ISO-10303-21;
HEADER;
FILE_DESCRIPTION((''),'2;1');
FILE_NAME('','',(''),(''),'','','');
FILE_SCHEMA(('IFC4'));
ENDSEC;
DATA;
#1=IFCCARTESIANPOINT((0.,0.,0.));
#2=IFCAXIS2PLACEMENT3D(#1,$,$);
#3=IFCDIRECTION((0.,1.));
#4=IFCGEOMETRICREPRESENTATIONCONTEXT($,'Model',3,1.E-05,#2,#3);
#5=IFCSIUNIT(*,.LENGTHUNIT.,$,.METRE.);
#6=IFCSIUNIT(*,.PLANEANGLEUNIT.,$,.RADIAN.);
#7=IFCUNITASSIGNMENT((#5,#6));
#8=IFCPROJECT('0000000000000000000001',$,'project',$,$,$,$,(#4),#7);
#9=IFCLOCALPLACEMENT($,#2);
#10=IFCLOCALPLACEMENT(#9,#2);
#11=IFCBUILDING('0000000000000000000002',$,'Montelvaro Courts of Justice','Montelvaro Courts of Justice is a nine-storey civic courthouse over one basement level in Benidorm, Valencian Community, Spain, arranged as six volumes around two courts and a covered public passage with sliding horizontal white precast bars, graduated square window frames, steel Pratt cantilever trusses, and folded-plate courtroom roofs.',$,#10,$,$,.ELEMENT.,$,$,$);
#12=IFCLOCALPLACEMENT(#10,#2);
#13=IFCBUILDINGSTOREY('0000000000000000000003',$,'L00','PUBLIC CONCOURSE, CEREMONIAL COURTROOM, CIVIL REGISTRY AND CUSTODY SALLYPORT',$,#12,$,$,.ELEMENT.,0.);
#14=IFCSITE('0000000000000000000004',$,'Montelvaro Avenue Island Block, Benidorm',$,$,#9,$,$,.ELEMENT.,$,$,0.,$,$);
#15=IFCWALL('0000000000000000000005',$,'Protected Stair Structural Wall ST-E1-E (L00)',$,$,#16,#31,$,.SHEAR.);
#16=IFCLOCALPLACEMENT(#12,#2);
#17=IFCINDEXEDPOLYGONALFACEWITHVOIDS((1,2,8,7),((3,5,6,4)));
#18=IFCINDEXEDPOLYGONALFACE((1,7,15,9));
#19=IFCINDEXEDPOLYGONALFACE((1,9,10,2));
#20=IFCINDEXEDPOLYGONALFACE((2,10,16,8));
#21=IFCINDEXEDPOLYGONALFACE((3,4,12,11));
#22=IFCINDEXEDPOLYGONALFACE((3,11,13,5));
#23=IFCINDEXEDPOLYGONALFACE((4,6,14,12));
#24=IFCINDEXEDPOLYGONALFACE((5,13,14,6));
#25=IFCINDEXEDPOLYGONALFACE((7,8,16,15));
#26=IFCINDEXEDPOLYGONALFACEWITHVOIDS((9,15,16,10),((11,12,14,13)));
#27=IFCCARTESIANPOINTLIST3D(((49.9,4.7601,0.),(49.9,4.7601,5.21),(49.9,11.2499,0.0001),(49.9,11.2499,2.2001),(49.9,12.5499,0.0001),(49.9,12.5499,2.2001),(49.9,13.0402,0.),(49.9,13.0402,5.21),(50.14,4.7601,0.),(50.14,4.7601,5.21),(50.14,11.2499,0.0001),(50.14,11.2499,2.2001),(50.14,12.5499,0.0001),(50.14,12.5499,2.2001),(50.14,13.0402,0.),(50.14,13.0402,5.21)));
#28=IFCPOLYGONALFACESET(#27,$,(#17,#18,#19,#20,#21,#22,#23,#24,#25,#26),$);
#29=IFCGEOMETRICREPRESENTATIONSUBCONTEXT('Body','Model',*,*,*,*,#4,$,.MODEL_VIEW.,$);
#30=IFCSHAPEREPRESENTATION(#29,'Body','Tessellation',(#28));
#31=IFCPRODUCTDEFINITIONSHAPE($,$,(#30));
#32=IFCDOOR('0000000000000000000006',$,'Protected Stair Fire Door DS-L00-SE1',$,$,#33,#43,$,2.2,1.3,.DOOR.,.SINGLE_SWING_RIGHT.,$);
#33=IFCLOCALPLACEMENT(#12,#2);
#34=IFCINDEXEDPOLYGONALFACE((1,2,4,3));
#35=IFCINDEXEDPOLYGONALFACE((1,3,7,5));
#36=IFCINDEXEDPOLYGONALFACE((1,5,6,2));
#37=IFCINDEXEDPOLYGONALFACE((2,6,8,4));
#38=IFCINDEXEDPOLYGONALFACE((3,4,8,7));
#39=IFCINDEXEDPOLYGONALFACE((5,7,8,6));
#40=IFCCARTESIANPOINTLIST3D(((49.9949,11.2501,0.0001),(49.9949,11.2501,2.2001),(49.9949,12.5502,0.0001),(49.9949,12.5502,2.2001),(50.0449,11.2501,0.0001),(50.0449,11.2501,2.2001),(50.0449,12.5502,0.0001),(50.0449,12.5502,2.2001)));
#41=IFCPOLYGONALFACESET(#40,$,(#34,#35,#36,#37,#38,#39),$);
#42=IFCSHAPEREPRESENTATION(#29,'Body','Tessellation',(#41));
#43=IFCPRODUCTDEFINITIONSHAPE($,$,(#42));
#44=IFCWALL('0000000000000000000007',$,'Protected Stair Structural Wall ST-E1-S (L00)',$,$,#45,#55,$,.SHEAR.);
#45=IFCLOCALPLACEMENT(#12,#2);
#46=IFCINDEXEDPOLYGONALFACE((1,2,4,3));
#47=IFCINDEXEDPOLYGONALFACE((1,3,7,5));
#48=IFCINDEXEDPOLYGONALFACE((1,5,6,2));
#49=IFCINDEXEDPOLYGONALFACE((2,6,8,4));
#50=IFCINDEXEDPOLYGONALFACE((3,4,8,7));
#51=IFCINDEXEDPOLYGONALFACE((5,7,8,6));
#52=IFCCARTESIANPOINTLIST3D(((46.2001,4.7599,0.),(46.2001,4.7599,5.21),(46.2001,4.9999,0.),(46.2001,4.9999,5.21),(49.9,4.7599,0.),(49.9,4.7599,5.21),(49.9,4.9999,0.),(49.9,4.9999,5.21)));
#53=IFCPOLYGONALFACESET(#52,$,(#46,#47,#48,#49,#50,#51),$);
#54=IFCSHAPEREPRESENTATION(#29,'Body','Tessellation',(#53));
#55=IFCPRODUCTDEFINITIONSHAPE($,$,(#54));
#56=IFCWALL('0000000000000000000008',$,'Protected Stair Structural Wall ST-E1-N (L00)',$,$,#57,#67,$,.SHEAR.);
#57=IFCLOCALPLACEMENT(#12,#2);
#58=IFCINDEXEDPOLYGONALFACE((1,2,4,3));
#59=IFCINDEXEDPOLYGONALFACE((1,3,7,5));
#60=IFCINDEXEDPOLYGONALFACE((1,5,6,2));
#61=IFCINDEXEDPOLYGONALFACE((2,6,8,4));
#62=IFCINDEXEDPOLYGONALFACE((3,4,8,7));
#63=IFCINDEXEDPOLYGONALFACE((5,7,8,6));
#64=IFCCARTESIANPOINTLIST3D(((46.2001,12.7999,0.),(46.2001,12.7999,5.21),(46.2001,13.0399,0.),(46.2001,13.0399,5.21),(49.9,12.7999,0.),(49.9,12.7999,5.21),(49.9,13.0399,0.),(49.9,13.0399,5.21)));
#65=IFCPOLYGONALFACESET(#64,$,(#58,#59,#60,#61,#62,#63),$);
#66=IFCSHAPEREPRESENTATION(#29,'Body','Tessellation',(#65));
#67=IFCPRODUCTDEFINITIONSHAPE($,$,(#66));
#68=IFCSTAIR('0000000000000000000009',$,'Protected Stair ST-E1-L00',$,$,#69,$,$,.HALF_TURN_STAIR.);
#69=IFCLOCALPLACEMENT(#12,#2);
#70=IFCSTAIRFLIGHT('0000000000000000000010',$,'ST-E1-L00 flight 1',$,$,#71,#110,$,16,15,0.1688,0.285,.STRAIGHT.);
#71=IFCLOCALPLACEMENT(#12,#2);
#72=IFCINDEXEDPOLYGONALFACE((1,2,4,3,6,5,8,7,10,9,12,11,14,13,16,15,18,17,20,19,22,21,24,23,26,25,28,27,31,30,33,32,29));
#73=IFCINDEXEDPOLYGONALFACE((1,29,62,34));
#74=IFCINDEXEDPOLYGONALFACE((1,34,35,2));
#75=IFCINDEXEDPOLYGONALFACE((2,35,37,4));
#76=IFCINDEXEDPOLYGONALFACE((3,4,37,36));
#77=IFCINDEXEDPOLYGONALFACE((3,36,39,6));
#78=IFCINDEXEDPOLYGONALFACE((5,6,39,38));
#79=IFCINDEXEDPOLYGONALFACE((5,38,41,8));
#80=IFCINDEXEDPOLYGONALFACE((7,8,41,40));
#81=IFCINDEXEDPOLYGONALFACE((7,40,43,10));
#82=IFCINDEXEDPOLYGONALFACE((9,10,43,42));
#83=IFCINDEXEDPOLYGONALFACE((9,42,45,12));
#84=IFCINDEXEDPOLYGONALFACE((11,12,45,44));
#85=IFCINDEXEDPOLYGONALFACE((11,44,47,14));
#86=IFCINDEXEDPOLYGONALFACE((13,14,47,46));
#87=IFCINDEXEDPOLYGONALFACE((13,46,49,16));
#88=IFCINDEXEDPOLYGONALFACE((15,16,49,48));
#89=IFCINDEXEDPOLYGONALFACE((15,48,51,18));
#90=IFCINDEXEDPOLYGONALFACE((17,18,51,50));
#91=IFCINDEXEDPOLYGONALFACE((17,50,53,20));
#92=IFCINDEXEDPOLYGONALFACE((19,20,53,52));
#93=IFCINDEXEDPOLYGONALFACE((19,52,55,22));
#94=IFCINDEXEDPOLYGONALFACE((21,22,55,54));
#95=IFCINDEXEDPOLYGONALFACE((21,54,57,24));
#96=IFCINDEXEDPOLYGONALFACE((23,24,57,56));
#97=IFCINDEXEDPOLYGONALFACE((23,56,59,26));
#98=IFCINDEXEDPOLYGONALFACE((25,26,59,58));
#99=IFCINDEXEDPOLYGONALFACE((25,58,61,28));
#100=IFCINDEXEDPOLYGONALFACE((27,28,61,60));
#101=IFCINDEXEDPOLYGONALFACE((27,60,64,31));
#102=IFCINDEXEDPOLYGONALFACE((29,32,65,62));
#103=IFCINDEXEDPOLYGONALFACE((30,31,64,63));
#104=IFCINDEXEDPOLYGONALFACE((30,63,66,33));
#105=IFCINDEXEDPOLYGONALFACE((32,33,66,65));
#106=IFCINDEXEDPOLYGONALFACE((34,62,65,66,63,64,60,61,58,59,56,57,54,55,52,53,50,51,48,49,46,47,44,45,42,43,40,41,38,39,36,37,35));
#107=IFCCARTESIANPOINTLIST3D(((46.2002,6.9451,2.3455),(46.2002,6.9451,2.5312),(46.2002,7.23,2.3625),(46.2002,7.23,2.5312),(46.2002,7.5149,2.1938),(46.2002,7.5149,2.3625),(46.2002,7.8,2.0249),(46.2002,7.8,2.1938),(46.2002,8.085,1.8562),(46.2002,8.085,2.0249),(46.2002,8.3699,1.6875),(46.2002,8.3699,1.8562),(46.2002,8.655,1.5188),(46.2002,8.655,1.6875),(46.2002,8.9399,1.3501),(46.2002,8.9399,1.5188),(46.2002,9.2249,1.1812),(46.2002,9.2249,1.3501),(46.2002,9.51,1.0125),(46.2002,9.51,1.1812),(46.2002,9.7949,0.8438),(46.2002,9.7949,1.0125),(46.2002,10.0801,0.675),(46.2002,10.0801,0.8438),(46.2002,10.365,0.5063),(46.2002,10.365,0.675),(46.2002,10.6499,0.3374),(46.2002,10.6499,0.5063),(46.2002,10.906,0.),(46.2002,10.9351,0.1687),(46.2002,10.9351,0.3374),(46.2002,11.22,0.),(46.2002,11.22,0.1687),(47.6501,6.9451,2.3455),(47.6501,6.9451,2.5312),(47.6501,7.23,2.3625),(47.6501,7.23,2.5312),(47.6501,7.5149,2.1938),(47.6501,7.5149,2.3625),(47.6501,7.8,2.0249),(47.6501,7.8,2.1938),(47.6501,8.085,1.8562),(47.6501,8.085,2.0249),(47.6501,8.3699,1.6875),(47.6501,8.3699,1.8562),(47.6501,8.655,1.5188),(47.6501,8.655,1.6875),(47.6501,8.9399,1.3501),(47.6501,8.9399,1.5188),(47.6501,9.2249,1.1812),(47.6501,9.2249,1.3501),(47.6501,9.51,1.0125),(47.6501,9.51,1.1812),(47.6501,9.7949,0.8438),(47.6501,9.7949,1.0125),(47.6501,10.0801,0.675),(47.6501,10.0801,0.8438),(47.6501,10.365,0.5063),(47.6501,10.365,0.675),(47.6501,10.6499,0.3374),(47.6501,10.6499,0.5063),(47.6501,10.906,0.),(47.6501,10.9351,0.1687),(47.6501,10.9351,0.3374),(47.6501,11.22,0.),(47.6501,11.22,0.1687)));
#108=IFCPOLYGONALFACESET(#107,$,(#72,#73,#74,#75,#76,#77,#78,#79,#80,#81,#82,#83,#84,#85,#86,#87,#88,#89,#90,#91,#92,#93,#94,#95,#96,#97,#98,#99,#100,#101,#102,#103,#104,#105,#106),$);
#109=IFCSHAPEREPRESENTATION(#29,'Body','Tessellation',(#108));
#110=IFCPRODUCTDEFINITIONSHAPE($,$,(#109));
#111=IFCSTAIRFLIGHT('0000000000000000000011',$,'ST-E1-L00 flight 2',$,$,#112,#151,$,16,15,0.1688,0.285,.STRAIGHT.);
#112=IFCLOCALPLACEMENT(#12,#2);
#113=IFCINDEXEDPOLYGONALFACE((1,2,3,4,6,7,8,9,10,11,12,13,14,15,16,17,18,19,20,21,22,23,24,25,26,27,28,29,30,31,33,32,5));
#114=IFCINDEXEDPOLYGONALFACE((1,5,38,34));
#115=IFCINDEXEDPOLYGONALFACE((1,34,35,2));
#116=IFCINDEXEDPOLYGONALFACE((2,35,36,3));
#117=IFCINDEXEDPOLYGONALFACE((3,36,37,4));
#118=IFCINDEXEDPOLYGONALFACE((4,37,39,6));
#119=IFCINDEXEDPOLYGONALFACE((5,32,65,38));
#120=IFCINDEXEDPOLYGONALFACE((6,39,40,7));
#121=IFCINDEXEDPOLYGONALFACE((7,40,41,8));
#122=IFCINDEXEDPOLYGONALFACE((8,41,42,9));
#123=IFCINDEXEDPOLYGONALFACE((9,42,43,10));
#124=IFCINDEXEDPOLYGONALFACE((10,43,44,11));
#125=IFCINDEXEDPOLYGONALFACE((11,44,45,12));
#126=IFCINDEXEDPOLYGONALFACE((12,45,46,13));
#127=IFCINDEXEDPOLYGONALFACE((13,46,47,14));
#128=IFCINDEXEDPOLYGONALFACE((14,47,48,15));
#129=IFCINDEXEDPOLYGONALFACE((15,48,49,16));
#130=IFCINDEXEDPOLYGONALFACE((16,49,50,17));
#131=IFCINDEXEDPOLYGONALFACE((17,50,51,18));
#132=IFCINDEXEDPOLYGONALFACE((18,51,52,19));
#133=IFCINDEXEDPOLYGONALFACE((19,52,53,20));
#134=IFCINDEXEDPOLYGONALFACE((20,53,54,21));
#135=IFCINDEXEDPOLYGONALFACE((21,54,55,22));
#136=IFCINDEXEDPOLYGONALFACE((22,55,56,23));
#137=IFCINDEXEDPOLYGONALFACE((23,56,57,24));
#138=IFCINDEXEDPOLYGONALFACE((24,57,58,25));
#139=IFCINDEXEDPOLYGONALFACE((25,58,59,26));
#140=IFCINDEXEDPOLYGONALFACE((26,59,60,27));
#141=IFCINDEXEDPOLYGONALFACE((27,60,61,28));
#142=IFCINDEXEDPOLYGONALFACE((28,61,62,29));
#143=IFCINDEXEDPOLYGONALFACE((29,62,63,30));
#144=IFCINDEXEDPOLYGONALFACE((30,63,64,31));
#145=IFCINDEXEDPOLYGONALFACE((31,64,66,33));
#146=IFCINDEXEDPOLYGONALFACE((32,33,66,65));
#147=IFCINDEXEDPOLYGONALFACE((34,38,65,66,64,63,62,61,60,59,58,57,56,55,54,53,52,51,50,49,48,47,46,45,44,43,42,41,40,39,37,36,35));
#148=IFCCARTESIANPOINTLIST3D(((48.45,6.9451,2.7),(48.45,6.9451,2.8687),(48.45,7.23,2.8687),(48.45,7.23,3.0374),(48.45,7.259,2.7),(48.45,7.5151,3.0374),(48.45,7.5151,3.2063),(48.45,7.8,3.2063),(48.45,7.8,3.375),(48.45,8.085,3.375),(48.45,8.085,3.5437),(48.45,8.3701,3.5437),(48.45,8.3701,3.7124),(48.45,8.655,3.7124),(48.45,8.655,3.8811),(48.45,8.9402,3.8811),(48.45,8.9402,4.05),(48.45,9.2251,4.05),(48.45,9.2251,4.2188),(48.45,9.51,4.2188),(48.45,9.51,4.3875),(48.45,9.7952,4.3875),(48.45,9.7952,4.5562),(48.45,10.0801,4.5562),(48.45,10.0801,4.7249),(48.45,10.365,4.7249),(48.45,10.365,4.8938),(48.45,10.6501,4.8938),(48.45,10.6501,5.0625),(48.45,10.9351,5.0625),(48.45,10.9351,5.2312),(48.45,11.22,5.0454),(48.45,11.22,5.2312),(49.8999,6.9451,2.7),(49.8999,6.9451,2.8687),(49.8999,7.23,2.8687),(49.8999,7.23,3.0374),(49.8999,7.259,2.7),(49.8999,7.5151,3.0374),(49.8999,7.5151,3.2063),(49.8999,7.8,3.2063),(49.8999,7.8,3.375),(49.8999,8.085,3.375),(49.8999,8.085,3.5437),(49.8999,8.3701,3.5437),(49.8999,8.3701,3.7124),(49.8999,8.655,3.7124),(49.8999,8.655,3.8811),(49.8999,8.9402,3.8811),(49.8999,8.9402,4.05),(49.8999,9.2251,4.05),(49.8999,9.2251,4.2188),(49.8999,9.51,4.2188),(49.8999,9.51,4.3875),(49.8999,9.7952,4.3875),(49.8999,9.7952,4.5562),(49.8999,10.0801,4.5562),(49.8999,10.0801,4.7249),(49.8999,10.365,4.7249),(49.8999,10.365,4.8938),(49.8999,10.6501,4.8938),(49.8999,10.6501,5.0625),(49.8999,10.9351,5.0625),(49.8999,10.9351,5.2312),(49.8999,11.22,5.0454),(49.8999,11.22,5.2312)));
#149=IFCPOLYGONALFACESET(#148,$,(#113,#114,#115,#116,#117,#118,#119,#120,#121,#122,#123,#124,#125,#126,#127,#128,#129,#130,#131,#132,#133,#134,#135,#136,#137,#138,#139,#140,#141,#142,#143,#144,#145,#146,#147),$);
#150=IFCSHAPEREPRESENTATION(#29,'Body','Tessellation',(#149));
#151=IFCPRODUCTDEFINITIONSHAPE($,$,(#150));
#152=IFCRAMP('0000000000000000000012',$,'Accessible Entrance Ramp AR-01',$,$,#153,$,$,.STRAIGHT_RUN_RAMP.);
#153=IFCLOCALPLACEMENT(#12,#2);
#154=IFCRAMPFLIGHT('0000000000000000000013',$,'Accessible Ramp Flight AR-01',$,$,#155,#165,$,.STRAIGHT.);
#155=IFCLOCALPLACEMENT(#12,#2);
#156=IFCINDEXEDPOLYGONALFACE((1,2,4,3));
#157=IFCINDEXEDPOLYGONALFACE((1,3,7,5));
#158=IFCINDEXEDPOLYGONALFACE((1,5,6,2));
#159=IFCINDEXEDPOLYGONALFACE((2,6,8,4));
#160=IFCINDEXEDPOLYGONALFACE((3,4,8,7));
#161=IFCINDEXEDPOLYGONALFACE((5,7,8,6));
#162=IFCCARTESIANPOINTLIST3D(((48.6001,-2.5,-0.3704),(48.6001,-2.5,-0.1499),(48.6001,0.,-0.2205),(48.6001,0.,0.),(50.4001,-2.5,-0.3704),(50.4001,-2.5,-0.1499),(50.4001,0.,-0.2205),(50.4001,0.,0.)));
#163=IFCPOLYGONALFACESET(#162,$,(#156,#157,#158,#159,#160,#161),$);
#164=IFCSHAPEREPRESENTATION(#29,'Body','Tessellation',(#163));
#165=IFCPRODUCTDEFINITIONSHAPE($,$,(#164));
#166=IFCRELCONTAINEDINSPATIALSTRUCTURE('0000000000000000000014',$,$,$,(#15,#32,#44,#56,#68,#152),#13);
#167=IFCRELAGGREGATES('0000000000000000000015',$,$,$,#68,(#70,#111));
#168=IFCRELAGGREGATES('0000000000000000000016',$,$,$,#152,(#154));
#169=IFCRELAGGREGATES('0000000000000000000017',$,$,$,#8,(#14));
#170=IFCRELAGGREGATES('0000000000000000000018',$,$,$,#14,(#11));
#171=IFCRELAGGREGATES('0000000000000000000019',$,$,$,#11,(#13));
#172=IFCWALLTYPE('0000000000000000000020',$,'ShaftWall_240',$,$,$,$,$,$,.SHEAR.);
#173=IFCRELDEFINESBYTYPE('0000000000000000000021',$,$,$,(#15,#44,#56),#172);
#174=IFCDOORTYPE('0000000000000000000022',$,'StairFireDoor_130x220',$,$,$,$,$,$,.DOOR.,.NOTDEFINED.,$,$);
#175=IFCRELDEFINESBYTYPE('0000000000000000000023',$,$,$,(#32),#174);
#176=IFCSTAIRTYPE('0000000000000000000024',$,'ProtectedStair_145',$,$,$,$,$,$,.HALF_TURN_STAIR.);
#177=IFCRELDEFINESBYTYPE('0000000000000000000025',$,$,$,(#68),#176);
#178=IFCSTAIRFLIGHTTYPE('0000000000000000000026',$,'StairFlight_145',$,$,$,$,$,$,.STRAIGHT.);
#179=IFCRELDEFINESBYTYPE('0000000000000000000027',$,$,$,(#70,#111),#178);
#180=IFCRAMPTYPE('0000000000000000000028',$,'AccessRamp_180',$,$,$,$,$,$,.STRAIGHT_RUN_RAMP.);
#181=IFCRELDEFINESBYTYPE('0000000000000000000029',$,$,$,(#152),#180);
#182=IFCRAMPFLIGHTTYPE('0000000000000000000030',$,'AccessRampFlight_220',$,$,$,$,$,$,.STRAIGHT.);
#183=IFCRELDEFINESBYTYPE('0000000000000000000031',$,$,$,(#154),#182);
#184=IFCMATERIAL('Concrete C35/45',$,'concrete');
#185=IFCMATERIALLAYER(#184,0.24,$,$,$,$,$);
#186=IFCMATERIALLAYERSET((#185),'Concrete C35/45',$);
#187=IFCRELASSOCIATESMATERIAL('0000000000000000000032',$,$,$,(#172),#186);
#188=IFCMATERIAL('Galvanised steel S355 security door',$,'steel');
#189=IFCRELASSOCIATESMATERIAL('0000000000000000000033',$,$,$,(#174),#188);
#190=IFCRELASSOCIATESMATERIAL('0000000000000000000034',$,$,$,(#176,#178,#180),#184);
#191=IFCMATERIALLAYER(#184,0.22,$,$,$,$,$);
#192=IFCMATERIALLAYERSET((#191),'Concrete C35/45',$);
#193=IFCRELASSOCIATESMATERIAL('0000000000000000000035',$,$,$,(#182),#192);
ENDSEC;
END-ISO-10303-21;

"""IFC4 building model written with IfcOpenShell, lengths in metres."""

from ifc_helpers import new_model, si_unit, direction, frame, frame_2d, origin, place, context, subcontext, project, spatial, polyline, rectangle, outline, extrude, material, layer, layer_set, type_object, element, fill, aggregate, save


model = new_model("IFC4")

# Units and contexts
model_context = context("Model", 3, precision=1e-05, world=origin(), true_north=direction((0.0, 1.0)))
body_context = subcontext(model_context, "Body", "Model", "MODEL_VIEW")
ifc_project = project(units=[si_unit("LENGTHUNIT", "METRE"), si_unit("PLANEANGLEUNIT", "RADIAN")], contexts=[model_context])

# Site, building, storey
site_placement = place(None, origin())
site = spatial("IfcSite", under=ifc_project, at=site_placement, Name="Montelvaro Avenue Island Block, Benidorm", CompositionType="ELEMENT", RefElevation=0.0)
building_placement = place(site_placement, origin())
building = spatial("IfcBuilding", under=site, at=building_placement, Name="Montelvaro Courts of Justice", Description="Montelvaro Courts of Justice is a nine-storey civic courthouse over one basement level in Benidorm, Valencian Community, Spain, arranged as six volumes around two courts and a covered public passage with sliding horizontal white precast bars, graduated square window frames, steel Pratt cantilever trusses, and folded-plate courtroom roofs.", CompositionType="ELEMENT")
storey_placement = place(building_placement, origin())
storey = spatial("IfcBuildingStorey", under=building, at=storey_placement, Name="L00", Description="PUBLIC CONCOURSE, CEREMONIAL COURTROOM, CIVIL REGISTRY AND CUSTODY SALLYPORT", CompositionType="ELEMENT", Elevation=0.0)

# Shared definitions
ifc_material_1 = material(Name="Galvanised steel S355 security door", Category="steel")

# Shared definitions
ifc_material_2 = material(Name="Concrete C35/45", Category="concrete")
ifc_layer_1 = layer(ifc_material_2, 0.24)
ifc_layer_set_1 = layer_set([ifc_layer_1], Name="Concrete C35/45")
wall_type_1 = type_object("IfcWallType", Name="ShaftWall_240", PredefinedType="SHEAR", material=ifc_layer_set_1)

# Wall, opening, door
wall_1_placement = place(storey_placement, frame((50.02, 4.76, 0.0), z_axis=(0.0, 0.0, 1.0), x_axis=(0.0, 1.0, 0.0)))
wall_1 = element("IfcWall", 1, at=wall_1_placement, inside=storey, type_object=wall_type_1, Name="Protected Stair Structural Wall ST-E1-E (L00)", PredefinedType="SHEAR", context=body_context, shape_type="SweptSolid", body=[
    extrude(rectangle(XDim=8.28, YDim=0.24, at=frame_2d((4.1401, 0.0))), origin(), (0.0, 0.0, 1.0), 5.21),
])
opening_1_placement = place(wall_1_placement, frame((6.49, 0.0, 0.0)))
opening_1 = element("IfcOpeningElement", 2, at=opening_1_placement, cuts=wall_1, PredefinedType="OPENING", context=body_context, shape_type="SweptSolid", body=[
    extrude(rectangle(XDim=1.3, YDim=2.2, at=frame_2d((0.6499, 1.1001))), frame((0.0, 0.1348, 0.0), z_axis=(0.0, -1.0, 0.0), x_axis=(1.0, 0.0, 0.0)), (0.0, 0.0, 1.0), 0.2698),
])
door_type_1 = type_object("IfcDoorType", Name="StairFireDoor_130x220", OperationType="NOTDEFINED", PredefinedType="DOOR", material=ifc_material_1)
door_1_placement = place(opening_1_placement, frame((1.3, 0.0, 0.0), z_axis=(0.0, 0.0, 1.0), x_axis=(-1.0, 0.0, 0.0)))
door_1 = element("IfcDoor", 3, at=door_1_placement, inside=storey, type_object=door_type_1, Name="Protected Stair Fire Door DS-L00-SE1", OperationType="SINGLE_SWING_RIGHT", OverallHeight=2.2, OverallWidth=1.3, PredefinedType="DOOR", context=body_context, shape_type="SweptSolid", body=[
    extrude(rectangle(XDim=1.3, YDim=2.2, at=frame_2d((0.6499, 1.1001))), frame((0.0, 0.0249, 0.0), z_axis=(0.0, -1.0, 0.0), x_axis=(1.0, 0.0, 0.0)), (0.0, 0.0, 1.0), 0.05),
])
fill(opening_1, door_1)

# Walls
for number, where, z_axis, x_axis, name in (
    (4, (46.2, 4.8799, 0.0), (0.0, 0.0, 1.0), (1.0, 0.0, 0.0), "Protected Stair Structural Wall ST-E1-S (L00)"),
    (5, (46.2, 12.9199, 0.0), (0.0, 0.0, 1.0), (1.0, 0.0, 0.0), "Protected Stair Structural Wall ST-E1-N (L00)"),
):
    element("IfcWall", number, at=place(storey_placement, frame(where, z_axis=z_axis, x_axis=x_axis)), inside=storey, type_object=wall_type_1, Name=name, PredefinedType="SHEAR", context=body_context, shape_type="SweptSolid", body=[
        extrude(rectangle(XDim=3.7, YDim=0.24, at=frame_2d((1.8501, 0.0))), origin(), (0.0, 0.0, 1.0), 5.21),
    ])

# Stair, stair flights
stair_type = type_object("IfcStairType", Name="ProtectedStair_145", PredefinedType="HALF_TURN_STAIR", material=ifc_material_2)
stair_placement = place(storey_placement, origin())
stair = element("IfcStair", 6, at=stair_placement, inside=storey, type_object=stair_type, Name="Protected Stair ST-E1-L00", PredefinedType="HALF_TURN_STAIR")
stair_flight_type = type_object("IfcStairFlightType", Name="StairFlight_145", PredefinedType="STRAIGHT", material=ifc_material_2)
stair_flight_1_placement = place(storey_placement, frame((46.925, 11.22, 0.0), z_axis=(0.0, 0.0, 1.0), x_axis=(0.0, -1.0, 0.0)))
stair_flight_1 = element("IfcStairFlight", 7, at=stair_flight_1_placement, type_object=stair_flight_type, Name="ST-E1-L00 flight 1", NumberOfRisers=16, NumberOfTreads=15, PredefinedType="STRAIGHT", RiserHeight=0.1688, TreadLength=0.285, context=body_context, shape_type="SweptSolid", body=[
    extrude(outline(polyline([(0.0, 0.0), (0.0, 0.1687), (0.2849, 0.1687), (0.2849, 0.3374), (0.5701, 0.3374), (0.5701, 0.5063), (0.855, 0.5063), (0.855, 0.675), (1.1399, 0.675), (1.1399, 0.8438), (1.425, 0.8438), (1.425, 1.0125), (1.71, 1.0125), (1.71, 1.1812), (1.9951, 1.1812), (1.9951, 1.3501), (2.28, 1.3501), (2.28, 1.5188), (2.5649, 1.5188), (2.5649, 1.6875), (2.8501, 1.6875), (2.8501, 1.8562), (3.135, 1.8562), (3.135, 2.0249), (3.4199, 2.0249), (3.4199, 2.1938), (3.7051, 2.1938), (3.7051, 2.3625), (3.99, 2.3625), (3.99, 2.5312), (4.2749, 2.5312), (4.2749, 2.7), (4.2749, 2.3455), (0.314, 0.0), (0.0, 0.0)])), frame((0.0, 0.7251, 0.0), z_axis=(0.0, -1.0, 0.0), x_axis=(1.0, 0.0, 0.0)), (0.0, 0.0, 1.0), 1.45),
])
stair_flight_2_placement = place(storey_placement, frame((49.175, 6.9451, 2.7), z_axis=(0.0, 0.0, 1.0), x_axis=(0.0, 1.0, 0.0)))
stair_flight_2 = element("IfcStairFlight", 8, at=stair_flight_2_placement, type_object=stair_flight_type, Name="ST-E1-L00 flight 2", NumberOfRisers=16, NumberOfTreads=15, PredefinedType="STRAIGHT", RiserHeight=0.1688, TreadLength=0.285, context=body_context, shape_type="SweptSolid", body=[
    extrude(outline(polyline([(0.0, 0.0), (0.0, 0.1687), (0.2849, 0.1687), (0.2849, 0.3374), (0.5701, 0.3374), (0.5701, 0.5063), (0.855, 0.5063), (0.855, 0.675), (1.1399, 0.675), (1.1399, 0.8438), (1.425, 0.8438), (1.425, 1.0125), (1.71, 1.0125), (1.71, 1.1812), (1.9951, 1.1812), (1.9951, 1.3501), (2.28, 1.3501), (2.28, 1.5188), (2.5649, 1.5188), (2.5649, 1.6875), (2.8501, 1.6875), (2.8501, 1.8562), (3.135, 1.8562), (3.135, 2.0249), (3.4199, 2.0249), (3.4199, 2.1938), (3.7051, 2.1938), (3.7051, 2.3625), (3.99, 2.3625), (3.99, 2.5312), (4.2749, 2.5312), (4.2749, 2.7), (4.2749, 2.3455), (0.314, 0.0), (0.0, 0.0)])), frame((0.0, 0.7251, 0.0), z_axis=(0.0, -1.0, 0.0), x_axis=(1.0, 0.0, 0.0)), (0.0, 0.0, 1.0), 1.45),
])
aggregate(stair, [stair_flight_1, stair_flight_2])

# Ramp, ramp flight
ramp_type = type_object("IfcRampType", Name="AccessRamp_180", PredefinedType="STRAIGHT_RUN_RAMP", material=ifc_material_2)
ramp_placement = place(storey_placement, origin())
ramp = element("IfcRamp", 9, at=ramp_placement, inside=storey, type_object=ramp_type, Name="Accessible Entrance Ramp AR-01", PredefinedType="STRAIGHT_RUN_RAMP")
ifc_layer_2 = layer(ifc_material_2, 0.22)
ifc_layer_set_2 = layer_set([ifc_layer_2], Name="Concrete C35/45")
ramp_flight_type = type_object("IfcRampFlightType", Name="AccessRampFlight_220", PredefinedType="STRAIGHT", material=ifc_layer_set_2)
ramp_flight_placement = place(storey_placement, frame((49.5, -2.5, -0.1499), z_axis=(0.0, 0.0, 1.0), x_axis=(0.0, 1.0, 0.0)))
ramp_flight = element("IfcRampFlight", 10, at=ramp_flight_placement, type_object=ramp_flight_type, Name="Accessible Ramp Flight AR-01", PredefinedType="STRAIGHT", context=body_context, shape_type="SweptSolid", body=[
    extrude(outline(polyline([(0.0, 0.0), (2.5, 0.1499), (2.5, -0.0706), (0.0, -0.2205), (0.0, 0.0)])), frame((0.0, 0.8999, 0.0), z_axis=(0.0, -1.0, 0.0), x_axis=(1.0, 0.0, 0.0)), (0.0, 0.0, 1.0), 1.8),
])
aggregate(ramp, [ramp_flight])

save(model, "model.ifc")
